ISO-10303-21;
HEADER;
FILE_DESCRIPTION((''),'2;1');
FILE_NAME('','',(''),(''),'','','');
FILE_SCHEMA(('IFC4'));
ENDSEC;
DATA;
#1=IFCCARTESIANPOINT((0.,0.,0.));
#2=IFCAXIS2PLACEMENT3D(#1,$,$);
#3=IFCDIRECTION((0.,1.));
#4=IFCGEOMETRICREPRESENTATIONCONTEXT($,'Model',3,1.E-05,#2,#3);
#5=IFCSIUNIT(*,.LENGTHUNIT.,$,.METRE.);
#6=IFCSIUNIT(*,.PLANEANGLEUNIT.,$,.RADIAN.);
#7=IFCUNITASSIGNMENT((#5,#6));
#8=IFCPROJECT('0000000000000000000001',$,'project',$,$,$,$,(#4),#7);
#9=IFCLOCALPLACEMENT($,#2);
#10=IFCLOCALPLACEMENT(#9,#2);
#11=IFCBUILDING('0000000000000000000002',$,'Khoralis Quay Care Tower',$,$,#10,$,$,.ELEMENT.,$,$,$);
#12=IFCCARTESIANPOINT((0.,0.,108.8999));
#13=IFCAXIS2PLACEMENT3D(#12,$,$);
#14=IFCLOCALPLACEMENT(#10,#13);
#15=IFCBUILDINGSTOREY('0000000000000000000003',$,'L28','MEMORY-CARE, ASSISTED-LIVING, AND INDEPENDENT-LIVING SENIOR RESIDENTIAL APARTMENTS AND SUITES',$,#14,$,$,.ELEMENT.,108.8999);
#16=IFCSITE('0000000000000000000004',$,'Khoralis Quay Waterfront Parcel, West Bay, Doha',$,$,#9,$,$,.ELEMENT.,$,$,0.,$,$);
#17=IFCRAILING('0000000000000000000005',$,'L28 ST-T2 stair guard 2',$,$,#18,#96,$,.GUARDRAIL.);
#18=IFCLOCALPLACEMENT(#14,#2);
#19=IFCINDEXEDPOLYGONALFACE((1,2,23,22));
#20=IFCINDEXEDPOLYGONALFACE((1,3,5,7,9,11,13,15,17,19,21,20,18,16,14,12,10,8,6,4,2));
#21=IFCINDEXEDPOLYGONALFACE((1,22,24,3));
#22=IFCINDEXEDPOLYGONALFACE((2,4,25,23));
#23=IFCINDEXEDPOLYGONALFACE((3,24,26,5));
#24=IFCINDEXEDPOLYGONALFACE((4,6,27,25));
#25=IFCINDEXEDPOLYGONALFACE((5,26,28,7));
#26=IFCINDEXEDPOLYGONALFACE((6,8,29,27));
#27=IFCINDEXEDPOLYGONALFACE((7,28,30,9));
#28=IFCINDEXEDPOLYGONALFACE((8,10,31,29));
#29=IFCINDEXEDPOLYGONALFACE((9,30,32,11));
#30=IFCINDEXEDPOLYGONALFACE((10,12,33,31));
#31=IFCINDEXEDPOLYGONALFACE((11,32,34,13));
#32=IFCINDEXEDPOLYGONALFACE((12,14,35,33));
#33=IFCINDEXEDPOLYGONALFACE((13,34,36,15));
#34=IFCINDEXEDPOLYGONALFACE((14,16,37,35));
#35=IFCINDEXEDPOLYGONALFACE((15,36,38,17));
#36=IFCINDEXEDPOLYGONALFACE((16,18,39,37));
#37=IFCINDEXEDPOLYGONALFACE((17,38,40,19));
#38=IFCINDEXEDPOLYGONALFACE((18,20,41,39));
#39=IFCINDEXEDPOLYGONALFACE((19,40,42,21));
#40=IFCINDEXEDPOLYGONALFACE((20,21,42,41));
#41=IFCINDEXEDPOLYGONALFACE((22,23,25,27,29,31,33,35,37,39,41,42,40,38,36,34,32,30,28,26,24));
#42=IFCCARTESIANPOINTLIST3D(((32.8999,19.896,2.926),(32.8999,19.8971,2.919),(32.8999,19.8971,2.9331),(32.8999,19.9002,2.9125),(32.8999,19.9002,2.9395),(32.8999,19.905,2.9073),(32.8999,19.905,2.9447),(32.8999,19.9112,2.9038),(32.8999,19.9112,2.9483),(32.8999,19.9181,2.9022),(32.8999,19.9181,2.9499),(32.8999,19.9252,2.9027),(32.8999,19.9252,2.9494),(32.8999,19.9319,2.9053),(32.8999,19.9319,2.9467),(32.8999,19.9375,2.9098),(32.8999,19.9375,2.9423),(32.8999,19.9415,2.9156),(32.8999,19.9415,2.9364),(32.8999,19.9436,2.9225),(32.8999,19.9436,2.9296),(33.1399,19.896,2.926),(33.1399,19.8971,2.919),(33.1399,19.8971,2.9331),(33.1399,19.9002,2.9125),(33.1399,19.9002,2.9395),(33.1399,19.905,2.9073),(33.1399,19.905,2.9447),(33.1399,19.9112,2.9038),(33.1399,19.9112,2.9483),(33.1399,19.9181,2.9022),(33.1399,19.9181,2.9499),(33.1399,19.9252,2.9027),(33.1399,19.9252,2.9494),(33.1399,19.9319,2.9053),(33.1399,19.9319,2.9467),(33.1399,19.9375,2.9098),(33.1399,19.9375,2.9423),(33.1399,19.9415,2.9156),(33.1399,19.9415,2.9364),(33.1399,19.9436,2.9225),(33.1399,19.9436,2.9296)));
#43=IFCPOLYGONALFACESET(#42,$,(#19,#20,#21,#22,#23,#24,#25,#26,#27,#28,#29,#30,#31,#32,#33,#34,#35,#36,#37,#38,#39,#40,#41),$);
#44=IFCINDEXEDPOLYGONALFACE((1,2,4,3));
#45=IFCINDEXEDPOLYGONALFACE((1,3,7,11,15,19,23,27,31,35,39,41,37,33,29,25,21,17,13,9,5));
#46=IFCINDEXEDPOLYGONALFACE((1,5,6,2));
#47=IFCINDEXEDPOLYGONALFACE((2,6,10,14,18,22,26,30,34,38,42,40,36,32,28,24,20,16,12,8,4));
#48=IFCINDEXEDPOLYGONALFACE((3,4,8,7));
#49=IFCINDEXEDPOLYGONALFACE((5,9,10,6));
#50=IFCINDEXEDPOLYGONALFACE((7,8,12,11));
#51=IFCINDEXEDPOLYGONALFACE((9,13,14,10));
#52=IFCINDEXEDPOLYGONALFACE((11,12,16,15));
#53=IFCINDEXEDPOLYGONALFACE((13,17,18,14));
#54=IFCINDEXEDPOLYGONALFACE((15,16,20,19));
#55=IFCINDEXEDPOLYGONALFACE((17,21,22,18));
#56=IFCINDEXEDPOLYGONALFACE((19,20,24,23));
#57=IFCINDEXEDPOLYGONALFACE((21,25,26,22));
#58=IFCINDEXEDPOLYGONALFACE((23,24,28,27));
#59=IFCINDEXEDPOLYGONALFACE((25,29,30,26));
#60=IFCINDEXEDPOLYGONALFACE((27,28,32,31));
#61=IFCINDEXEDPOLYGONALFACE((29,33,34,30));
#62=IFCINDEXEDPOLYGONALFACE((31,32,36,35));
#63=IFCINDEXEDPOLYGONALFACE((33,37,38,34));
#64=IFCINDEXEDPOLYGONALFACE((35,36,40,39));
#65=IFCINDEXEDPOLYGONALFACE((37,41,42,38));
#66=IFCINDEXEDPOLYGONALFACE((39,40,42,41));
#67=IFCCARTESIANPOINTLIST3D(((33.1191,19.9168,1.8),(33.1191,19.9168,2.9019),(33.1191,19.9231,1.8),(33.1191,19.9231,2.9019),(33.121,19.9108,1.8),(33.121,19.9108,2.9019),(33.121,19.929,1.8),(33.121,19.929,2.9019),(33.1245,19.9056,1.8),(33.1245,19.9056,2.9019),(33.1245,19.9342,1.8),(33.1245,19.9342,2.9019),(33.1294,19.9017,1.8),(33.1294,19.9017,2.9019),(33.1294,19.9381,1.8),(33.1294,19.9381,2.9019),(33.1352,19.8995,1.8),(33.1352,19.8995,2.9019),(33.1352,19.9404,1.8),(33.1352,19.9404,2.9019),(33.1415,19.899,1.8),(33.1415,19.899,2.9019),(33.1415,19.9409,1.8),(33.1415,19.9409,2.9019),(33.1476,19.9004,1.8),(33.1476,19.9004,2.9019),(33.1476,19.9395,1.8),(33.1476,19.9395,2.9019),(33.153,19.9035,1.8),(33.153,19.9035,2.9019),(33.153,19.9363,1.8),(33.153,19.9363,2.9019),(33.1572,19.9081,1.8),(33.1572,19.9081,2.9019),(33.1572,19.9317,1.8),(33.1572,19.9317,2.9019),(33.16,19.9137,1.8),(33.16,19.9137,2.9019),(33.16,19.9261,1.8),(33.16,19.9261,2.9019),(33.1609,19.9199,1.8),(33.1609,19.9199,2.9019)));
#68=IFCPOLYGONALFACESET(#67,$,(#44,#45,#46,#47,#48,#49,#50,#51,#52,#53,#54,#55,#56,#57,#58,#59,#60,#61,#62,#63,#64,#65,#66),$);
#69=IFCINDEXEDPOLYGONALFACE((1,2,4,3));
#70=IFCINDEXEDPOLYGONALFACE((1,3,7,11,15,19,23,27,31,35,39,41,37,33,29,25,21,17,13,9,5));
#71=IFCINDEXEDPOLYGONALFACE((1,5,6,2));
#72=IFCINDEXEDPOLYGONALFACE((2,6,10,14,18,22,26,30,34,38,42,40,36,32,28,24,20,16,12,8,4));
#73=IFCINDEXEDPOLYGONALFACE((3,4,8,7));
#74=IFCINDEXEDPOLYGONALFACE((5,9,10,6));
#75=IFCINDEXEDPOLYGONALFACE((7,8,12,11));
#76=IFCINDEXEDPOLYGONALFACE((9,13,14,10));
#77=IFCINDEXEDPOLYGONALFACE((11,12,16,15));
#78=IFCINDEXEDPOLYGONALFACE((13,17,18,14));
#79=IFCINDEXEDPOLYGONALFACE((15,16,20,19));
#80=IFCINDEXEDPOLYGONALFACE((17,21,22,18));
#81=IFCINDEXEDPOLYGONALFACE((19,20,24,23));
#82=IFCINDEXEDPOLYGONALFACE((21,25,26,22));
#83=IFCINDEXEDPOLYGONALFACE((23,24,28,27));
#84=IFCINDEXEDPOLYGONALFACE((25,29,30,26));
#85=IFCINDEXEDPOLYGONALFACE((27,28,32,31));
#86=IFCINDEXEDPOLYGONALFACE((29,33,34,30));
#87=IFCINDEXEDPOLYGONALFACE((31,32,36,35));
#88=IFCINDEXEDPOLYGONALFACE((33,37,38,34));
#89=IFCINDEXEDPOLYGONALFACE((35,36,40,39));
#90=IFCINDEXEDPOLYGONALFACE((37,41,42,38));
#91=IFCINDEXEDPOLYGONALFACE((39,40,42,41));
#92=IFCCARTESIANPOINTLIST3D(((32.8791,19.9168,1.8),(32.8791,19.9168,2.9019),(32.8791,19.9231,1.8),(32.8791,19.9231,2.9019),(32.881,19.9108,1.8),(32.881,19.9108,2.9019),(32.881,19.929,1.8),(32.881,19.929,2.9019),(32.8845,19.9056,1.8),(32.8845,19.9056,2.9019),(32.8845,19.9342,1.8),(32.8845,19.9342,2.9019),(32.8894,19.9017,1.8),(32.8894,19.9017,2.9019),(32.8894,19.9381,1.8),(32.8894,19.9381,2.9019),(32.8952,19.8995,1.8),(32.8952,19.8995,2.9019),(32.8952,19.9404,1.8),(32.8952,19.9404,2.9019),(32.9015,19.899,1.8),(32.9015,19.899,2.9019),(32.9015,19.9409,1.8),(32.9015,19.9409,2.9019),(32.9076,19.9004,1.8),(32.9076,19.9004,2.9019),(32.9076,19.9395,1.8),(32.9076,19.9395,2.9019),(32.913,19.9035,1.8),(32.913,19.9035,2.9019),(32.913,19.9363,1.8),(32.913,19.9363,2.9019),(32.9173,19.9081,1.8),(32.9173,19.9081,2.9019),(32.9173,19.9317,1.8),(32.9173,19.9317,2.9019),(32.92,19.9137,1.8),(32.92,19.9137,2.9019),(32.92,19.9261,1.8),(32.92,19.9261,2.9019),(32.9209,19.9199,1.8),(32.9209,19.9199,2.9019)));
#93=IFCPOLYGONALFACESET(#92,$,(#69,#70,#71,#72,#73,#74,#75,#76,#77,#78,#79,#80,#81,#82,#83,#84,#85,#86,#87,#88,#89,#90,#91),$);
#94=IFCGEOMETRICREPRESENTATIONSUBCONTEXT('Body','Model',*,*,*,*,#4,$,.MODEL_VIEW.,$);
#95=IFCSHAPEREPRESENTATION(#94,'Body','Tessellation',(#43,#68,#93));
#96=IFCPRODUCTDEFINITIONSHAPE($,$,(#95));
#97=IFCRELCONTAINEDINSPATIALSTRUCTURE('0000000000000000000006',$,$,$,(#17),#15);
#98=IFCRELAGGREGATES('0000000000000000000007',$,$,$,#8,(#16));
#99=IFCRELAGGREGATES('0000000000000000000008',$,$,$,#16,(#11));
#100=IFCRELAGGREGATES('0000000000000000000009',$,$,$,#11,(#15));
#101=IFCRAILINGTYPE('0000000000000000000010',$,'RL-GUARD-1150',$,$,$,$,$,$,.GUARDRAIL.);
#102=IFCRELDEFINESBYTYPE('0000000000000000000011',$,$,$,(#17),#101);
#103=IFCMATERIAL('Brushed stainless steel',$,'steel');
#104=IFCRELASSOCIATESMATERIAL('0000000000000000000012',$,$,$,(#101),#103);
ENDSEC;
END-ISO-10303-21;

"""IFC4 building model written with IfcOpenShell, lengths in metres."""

from ifc_helpers import new_model, si_unit, direction, frame, origin, origin_2d, place, context, subcontext, project, spatial, circle, extrude, material, type_object, element, save


model = new_model("IFC4")

# Units and contexts
model_context = context("Model", 3, precision=1e-05, world=origin(), true_north=direction((0.0, 1.0)))
body_context = subcontext(model_context, "Body", "Model", "MODEL_VIEW")
ifc_project = project(units=[si_unit("LENGTHUNIT", "METRE"), si_unit("PLANEANGLEUNIT", "RADIAN")], contexts=[model_context])

# Site, building, storey
site_placement = place(None, origin())
site = spatial("IfcSite", under=ifc_project, at=site_placement, Name="Khoralis Quay Waterfront Parcel, West Bay, Doha", CompositionType="ELEMENT", RefElevation=0.0)
building_placement = place(site_placement, origin())
building = spatial("IfcBuilding", under=site, at=building_placement, Name="Khoralis Quay Care Tower", CompositionType="ELEMENT")
storey_placement = place(building_placement, frame((0.0, 0.0, 108.8999)))
storey = spatial("IfcBuildingStorey", under=building, at=storey_placement, Name="L28", Description="MEMORY-CARE, ASSISTED-LIVING, AND INDEPENDENT-LIVING SENIOR RESIDENTIAL APARTMENTS AND SUITES", CompositionType="ELEMENT", Elevation=108.8999)

# Railing
ifc_material_1 = material(Name="Brushed stainless steel", Category="steel")
railing_type = type_object("IfcRailingType", Name="RL-GUARD-1150", PredefinedType="GUARDRAIL", material=ifc_material_1)
railing_placement = place(storey_placement, frame((33.1399, 19.9199, 1.8)))
element("IfcRailing", 1, at=railing_placement, inside=storey, type_object=railing_type, Name="L28 ST-T2 stair guard 2", PredefinedType="GUARDRAIL", context=body_context, shape_type="SweptSolid", body=[
    extrude(circle(Radius=0.0239, at=origin_2d()), frame((0.0, 0.0, 1.126), z_axis=(-1.0, 0.0, 0.0), x_axis=(0.0, -1.0, 0.0)), (0.0, 0.0, 1.0), 0.24),
    extrude(circle(Radius=0.021, at=origin_2d()), origin(), (0.0, 0.0, 1.0), 1.1018),
    extrude(circle(Radius=0.021, at=origin_2d()), frame((-0.24, 0.0, 0.0)), (0.0, 0.0, 1.0), 1.1018),
])

save(model, "model.ifc")
